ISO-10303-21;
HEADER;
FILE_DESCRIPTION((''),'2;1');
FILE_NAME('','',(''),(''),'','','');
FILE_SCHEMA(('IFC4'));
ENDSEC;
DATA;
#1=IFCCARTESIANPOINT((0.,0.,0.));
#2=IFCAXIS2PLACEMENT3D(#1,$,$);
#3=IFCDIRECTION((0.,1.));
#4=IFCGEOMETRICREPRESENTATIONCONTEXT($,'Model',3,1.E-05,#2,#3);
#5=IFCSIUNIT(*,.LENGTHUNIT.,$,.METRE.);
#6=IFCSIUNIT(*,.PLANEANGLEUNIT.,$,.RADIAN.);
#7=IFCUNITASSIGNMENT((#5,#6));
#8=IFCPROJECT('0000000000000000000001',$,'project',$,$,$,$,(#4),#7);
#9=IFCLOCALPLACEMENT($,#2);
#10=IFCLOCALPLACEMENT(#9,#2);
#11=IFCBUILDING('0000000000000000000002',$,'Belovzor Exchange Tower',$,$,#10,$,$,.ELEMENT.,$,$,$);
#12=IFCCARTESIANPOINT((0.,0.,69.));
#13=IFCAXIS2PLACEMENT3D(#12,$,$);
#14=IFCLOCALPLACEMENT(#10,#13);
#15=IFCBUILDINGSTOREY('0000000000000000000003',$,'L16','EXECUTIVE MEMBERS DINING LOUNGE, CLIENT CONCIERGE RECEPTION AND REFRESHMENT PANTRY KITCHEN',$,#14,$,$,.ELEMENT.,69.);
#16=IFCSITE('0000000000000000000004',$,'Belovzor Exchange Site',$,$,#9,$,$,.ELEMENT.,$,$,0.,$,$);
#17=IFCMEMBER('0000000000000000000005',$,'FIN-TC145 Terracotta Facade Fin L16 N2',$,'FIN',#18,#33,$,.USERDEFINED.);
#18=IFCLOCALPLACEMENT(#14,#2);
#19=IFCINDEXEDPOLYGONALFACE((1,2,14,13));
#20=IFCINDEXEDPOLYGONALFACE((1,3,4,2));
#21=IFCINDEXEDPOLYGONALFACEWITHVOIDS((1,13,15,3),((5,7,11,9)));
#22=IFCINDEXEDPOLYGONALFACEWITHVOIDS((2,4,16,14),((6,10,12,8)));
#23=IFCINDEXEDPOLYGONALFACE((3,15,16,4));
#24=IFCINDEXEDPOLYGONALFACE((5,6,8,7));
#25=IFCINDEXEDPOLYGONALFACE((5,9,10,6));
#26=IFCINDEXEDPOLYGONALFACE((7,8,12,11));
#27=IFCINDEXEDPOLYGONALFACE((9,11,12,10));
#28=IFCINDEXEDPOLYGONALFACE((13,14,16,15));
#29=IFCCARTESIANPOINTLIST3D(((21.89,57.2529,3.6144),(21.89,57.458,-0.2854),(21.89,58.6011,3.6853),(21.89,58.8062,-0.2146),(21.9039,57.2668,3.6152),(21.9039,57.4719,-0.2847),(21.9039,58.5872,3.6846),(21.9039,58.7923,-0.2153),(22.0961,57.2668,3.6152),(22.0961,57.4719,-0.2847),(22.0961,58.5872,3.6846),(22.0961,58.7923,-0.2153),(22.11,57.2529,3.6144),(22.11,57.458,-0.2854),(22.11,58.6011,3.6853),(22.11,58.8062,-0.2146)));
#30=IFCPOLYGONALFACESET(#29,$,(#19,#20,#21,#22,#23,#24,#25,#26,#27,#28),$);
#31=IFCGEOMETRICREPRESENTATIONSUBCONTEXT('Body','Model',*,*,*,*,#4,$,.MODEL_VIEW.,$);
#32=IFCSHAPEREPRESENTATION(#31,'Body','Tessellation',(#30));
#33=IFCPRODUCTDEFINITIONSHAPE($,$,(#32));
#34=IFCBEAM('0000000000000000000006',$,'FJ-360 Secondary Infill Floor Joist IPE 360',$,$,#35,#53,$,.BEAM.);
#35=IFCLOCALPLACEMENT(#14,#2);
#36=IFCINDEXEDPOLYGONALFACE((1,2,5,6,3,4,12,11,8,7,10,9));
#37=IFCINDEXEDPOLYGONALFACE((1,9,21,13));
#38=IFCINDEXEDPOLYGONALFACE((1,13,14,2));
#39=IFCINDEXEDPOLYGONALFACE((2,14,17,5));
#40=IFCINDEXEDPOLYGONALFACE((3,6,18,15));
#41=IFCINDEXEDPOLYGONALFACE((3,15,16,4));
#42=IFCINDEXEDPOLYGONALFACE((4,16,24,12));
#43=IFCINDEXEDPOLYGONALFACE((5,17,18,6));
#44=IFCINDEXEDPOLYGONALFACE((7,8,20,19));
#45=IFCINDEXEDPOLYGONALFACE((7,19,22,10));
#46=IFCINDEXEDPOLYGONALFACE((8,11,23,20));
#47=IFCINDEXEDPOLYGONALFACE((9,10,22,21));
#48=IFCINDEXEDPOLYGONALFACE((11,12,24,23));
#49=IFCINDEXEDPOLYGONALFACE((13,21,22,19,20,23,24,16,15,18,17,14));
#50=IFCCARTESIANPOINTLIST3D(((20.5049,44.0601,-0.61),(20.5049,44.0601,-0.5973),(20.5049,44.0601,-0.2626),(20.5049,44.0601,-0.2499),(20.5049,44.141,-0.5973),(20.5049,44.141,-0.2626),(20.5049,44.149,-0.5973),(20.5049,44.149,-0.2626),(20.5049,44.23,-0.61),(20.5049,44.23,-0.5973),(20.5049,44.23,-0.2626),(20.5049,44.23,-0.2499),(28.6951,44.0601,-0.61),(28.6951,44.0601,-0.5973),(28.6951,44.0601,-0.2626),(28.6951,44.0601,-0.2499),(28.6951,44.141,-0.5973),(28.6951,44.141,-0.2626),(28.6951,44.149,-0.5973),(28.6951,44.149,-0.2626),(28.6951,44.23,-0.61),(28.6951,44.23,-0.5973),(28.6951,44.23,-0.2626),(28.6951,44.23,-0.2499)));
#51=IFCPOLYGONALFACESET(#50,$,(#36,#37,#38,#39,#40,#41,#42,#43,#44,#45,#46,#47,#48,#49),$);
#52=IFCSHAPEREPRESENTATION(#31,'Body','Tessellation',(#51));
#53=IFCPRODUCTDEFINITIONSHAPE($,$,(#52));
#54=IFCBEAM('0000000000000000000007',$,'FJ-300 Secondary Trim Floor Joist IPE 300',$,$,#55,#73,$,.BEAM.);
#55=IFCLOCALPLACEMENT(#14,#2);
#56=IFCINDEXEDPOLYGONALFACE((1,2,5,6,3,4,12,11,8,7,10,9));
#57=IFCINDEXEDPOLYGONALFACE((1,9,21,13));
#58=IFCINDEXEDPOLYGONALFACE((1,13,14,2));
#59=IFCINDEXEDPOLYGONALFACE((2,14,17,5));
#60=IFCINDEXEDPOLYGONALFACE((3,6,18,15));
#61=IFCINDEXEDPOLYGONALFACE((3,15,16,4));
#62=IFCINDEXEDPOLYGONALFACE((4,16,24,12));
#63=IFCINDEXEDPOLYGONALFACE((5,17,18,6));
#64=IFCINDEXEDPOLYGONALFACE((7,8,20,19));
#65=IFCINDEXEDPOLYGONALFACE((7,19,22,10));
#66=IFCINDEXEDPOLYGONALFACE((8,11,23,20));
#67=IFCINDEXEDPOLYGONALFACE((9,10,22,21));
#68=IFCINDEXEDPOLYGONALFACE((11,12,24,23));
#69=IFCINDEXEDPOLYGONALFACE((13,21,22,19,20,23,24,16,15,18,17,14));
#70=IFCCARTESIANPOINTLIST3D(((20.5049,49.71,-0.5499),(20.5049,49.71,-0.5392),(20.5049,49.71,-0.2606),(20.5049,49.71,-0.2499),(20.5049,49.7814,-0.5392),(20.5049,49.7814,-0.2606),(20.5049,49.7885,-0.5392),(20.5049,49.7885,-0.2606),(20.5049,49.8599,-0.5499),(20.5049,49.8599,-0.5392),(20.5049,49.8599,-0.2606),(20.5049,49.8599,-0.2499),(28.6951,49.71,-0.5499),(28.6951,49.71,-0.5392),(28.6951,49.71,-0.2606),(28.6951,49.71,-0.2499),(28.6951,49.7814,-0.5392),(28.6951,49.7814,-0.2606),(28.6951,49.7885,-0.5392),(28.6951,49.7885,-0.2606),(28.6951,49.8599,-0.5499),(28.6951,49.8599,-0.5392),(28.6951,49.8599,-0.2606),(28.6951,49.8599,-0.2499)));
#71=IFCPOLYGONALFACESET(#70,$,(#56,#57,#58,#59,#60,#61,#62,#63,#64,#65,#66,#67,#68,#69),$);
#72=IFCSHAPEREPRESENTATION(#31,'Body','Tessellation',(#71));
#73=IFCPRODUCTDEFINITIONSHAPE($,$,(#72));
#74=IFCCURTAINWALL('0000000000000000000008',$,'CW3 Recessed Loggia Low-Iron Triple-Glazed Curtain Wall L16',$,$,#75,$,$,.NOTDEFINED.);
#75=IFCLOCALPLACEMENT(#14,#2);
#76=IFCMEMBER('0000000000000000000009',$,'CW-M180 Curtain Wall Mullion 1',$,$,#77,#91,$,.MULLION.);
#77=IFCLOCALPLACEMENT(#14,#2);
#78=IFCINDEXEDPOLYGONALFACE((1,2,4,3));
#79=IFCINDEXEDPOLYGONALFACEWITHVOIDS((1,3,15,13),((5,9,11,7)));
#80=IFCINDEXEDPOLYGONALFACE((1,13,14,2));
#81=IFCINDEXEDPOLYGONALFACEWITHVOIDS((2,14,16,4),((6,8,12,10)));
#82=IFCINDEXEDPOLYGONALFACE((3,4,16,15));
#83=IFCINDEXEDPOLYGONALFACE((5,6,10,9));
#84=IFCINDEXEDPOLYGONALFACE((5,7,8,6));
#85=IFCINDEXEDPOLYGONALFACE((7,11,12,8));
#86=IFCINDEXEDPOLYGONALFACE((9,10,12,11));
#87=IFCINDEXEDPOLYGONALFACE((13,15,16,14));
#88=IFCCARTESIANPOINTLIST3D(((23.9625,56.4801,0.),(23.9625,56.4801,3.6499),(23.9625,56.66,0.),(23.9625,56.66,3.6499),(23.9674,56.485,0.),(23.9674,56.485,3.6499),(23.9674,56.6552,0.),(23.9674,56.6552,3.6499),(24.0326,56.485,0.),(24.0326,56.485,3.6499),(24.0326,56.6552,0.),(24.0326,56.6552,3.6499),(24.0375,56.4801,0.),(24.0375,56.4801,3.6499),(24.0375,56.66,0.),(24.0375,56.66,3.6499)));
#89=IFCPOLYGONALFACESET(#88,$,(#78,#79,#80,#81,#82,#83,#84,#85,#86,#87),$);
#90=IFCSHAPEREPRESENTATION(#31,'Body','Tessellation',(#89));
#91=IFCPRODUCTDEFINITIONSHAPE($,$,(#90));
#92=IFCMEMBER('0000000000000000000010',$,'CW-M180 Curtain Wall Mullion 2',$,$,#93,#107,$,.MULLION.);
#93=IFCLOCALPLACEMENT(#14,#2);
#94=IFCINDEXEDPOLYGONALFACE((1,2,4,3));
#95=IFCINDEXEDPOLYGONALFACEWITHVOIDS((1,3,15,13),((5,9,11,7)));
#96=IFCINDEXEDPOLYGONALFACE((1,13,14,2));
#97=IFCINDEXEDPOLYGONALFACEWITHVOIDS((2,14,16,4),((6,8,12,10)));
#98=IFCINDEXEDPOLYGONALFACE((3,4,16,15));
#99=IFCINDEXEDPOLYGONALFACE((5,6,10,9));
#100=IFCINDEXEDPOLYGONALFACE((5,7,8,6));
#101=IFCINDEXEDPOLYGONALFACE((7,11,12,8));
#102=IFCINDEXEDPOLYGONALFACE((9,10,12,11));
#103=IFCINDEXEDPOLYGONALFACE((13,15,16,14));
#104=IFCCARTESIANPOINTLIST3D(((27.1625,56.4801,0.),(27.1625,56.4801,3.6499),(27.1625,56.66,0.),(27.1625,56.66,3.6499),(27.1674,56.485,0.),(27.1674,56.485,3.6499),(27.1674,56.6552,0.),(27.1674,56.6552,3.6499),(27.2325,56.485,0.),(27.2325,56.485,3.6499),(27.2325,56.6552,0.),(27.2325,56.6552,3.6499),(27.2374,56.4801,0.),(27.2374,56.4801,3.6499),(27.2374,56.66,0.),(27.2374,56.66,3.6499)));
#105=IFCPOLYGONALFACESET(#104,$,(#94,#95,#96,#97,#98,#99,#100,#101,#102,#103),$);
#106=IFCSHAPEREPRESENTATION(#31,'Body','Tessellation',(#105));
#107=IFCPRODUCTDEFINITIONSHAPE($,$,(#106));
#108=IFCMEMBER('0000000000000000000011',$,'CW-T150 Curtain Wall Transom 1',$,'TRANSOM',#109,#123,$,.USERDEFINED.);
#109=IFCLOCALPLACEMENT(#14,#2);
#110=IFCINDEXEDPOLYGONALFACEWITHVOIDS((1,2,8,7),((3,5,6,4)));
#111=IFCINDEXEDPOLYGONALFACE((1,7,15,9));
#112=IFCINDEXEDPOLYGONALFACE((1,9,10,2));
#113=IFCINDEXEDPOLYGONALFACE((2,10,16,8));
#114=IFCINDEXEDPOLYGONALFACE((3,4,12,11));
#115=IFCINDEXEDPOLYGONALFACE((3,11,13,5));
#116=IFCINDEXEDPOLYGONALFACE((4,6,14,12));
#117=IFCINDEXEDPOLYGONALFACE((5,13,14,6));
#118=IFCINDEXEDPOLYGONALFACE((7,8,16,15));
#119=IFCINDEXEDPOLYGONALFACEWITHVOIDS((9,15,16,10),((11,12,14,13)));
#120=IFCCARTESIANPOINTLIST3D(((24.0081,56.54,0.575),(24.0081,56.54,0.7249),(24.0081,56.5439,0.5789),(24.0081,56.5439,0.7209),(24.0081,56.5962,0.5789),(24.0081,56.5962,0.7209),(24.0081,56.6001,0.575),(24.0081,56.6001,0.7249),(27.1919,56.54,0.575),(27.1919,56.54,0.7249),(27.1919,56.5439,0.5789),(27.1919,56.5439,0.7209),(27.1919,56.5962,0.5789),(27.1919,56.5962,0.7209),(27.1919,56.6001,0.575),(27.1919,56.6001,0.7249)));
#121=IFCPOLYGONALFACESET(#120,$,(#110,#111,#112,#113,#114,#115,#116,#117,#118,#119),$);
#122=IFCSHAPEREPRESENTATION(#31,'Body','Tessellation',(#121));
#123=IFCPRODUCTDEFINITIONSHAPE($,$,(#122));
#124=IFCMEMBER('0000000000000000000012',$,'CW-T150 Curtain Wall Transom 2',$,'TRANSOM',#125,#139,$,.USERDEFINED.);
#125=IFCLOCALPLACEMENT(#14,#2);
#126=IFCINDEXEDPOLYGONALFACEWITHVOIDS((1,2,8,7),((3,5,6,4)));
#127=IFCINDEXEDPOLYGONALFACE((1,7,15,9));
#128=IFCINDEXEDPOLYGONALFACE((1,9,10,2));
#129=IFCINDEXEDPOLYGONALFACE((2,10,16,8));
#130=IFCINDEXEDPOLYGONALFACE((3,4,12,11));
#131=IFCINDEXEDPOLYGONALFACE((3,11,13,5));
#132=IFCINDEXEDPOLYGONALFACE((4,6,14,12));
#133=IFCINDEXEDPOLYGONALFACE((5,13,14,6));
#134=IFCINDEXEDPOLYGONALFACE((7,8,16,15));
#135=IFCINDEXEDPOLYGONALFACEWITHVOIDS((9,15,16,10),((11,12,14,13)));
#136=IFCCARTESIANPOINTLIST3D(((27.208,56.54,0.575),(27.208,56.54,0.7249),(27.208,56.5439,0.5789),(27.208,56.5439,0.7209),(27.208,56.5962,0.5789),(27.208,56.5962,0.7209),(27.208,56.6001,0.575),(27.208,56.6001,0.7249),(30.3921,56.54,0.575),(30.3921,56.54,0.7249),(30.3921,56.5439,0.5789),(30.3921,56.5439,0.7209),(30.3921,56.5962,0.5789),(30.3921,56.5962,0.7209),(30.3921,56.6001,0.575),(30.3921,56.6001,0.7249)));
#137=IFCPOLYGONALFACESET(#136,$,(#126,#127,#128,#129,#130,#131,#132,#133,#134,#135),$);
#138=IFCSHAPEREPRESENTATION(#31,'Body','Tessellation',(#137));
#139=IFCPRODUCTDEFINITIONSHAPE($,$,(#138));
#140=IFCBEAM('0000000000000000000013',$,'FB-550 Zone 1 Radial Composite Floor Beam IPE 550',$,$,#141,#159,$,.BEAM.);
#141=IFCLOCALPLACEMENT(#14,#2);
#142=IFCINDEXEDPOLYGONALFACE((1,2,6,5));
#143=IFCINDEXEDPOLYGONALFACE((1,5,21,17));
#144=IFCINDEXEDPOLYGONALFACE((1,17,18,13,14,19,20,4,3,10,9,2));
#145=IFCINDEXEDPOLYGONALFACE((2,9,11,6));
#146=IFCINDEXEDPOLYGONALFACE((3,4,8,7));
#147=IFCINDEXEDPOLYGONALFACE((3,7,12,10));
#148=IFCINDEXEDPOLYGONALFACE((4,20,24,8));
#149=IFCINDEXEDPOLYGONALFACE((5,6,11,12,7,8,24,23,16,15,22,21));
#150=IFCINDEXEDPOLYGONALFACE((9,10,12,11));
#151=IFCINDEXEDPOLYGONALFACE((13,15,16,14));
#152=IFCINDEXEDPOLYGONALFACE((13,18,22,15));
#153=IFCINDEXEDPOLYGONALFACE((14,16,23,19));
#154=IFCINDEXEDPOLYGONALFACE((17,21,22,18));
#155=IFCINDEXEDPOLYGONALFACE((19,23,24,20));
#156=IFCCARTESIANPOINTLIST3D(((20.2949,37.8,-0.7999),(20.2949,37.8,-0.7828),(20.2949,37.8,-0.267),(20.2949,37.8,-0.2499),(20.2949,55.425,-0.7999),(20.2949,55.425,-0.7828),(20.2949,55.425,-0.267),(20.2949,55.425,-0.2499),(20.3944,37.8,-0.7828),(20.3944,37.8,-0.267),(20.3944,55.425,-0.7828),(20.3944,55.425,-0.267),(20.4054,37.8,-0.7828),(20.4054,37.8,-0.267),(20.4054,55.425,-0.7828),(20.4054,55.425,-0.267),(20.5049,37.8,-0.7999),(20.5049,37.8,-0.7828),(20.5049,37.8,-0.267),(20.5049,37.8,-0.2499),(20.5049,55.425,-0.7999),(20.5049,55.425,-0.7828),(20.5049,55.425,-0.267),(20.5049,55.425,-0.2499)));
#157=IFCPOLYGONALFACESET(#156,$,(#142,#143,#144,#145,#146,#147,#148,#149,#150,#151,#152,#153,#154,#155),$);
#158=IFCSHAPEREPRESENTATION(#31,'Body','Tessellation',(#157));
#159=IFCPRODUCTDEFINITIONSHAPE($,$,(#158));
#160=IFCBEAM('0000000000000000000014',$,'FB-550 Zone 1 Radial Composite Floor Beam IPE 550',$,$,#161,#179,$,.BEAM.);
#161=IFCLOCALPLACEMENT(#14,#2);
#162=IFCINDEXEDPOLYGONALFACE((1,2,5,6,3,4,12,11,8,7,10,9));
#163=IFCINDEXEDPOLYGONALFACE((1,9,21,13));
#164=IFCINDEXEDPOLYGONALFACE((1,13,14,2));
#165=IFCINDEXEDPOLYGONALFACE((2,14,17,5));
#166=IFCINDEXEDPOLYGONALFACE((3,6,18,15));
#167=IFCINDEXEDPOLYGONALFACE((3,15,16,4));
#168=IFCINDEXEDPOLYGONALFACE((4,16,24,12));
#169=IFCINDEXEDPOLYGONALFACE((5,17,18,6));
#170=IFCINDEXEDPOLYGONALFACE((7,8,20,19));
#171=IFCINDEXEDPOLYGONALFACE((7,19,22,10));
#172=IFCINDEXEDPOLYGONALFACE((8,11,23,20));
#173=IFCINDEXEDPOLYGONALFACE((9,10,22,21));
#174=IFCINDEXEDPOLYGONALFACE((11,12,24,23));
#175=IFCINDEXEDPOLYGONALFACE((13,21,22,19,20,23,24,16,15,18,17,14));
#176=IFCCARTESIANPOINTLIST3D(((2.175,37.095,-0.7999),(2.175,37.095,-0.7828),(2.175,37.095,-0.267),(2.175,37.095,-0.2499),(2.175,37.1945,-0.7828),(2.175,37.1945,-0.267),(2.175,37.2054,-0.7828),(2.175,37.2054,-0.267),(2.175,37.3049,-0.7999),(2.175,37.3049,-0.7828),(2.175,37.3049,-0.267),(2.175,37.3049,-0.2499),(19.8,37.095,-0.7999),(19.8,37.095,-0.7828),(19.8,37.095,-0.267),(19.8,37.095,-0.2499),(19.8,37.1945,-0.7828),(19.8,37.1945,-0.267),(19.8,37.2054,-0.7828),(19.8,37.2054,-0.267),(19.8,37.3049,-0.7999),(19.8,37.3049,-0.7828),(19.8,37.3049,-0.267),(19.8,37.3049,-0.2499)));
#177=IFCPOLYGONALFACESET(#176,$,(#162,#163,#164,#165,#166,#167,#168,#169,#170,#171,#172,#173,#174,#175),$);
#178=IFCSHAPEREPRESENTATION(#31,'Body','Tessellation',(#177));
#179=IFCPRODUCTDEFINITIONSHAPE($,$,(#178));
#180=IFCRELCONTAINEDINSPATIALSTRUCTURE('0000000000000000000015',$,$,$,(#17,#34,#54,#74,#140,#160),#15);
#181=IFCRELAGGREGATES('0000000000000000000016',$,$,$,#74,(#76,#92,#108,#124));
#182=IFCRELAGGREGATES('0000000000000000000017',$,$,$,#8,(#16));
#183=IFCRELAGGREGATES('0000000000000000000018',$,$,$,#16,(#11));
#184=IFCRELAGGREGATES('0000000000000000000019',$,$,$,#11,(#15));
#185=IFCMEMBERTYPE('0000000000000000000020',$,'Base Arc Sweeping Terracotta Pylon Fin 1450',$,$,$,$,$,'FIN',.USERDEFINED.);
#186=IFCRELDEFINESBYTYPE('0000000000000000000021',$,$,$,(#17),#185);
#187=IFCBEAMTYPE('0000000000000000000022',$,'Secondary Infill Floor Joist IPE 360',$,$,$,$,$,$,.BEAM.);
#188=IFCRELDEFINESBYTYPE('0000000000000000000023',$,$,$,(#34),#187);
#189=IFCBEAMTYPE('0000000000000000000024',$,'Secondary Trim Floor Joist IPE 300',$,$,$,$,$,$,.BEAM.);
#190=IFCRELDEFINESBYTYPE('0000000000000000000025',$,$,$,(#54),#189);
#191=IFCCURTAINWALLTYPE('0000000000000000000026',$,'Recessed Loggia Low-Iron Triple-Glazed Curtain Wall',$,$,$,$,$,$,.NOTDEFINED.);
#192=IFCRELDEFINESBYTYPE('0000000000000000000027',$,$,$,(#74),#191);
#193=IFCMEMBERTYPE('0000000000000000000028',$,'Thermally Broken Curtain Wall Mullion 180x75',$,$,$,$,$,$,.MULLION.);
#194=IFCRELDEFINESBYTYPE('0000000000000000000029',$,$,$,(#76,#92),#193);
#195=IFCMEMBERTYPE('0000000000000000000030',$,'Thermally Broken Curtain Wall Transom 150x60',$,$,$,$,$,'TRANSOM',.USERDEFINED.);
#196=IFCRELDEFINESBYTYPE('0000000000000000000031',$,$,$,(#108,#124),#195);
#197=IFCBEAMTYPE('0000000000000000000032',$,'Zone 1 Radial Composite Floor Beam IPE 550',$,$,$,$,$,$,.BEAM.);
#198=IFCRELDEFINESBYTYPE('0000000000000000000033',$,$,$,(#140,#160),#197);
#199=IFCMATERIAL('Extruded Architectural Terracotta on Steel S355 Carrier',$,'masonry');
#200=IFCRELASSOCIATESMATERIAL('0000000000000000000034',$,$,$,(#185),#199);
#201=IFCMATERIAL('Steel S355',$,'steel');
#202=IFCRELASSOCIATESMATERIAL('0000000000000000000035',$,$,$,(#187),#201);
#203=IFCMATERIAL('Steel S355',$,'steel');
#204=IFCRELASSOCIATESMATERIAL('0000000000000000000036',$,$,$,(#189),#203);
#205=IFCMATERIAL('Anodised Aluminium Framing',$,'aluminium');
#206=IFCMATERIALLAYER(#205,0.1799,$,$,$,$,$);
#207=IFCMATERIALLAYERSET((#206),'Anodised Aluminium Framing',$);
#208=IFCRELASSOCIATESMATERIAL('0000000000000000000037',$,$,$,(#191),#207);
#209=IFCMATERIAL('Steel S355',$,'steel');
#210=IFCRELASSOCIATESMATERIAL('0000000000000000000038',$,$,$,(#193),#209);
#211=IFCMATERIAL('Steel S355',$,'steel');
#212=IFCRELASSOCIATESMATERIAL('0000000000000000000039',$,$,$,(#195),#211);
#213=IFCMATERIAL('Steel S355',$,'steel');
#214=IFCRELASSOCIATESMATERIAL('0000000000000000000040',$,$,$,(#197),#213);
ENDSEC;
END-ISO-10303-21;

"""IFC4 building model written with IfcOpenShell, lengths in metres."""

from ifc_helpers import new_model, si_unit, direction, frame, origin, origin_2d, place, context, subcontext, project, spatial, hollow_rectangle, i_section, extrude, material, layer, layer_set, material_profile, profile_set, type_object, element, aggregate, save


model = new_model("IFC4")

# Units and contexts
model_context = context("Model", 3, precision=1e-05, world=origin(), true_north=direction((0.0, 1.0)))
body_context = subcontext(model_context, "Body", "Model", "MODEL_VIEW")
ifc_project = project(units=[si_unit("LENGTHUNIT", "METRE"), si_unit("PLANEANGLEUNIT", "RADIAN")], contexts=[model_context])

# Site, building, storey
site_placement = place(None, origin())
site = spatial("IfcSite", under=ifc_project, at=site_placement, Name="Belovzor Exchange Site", CompositionType="ELEMENT", RefElevation=0.0)
building_placement = place(site_placement, origin())
building = spatial("IfcBuilding", under=site, at=building_placement, Name="Belovzor Exchange Tower", CompositionType="ELEMENT")
storey_placement = place(building_placement, frame((0.0, 0.0, 69.0)))
storey = spatial("IfcBuildingStorey", under=building, at=storey_placement, Name="L16", Description="EXECUTIVE MEMBERS DINING LOUNGE, CLIENT CONCIERGE RECEPTION AND REFRESHMENT PANTRY KITCHEN", CompositionType="ELEMENT", Elevation=69.0)

# Member
ifc_material_1 = material(Name="Extruded Architectural Terracotta on Steel S355 Carrier", Category="masonry")
ifc_material_profile_1 = material_profile(ifc_material_1, hollow_rectangle(XDim=0.22, YDim=1.3501, WallThickness=0.0139, at=origin_2d()))
ifc_profile_set_1 = profile_set([ifc_material_profile_1], Name="Extruded Architectural Terracotta on Steel S355 Carrier")
member_type_1 = type_object("IfcMemberType", Name="Base Arc Sweeping Terracotta Pylon Fin 1450", ElementType="FIN", PredefinedType="USERDEFINED", material=ifc_profile_set_1)
member_1_placement = place(storey_placement, frame((22.0, 58.1321, -0.25), z_axis=(0.0, -0.052513, 0.99862), x_axis=(1.0, 0.0, 0.0)))
element("IfcMember", 1, at=member_1_placement, inside=storey, type_object=member_type_1, Name="FIN-TC145 Terracotta Facade Fin L16 N2", ObjectType="FIN", PredefinedType="USERDEFINED", context=body_context, shape_type="SweptSolid", body=[
    extrude(hollow_rectangle(XDim=0.22, YDim=1.3501, WallThickness=0.0139, at=origin_2d()), origin(), (0.0, 0.0, 1.0), 3.9053),
])

# Beams
ifc_material_2 = material(Name="Steel S355", Category="steel")
ifc_material_profile_2 = material_profile(ifc_material_2, i_section(OverallWidth=0.1699, OverallDepth=0.3601, WebThickness=0.0081, FlangeThickness=0.0127, at=origin_2d()))
ifc_profile_set_2 = profile_set([ifc_material_profile_2], Name="Steel S355")
beam_type_1 = type_object("IfcBeamType", Name="Secondary Infill Floor Joist IPE 360", PredefinedType="BEAM", material=ifc_profile_set_2)
beam_1_placement = place(storey_placement, frame((20.5049, 44.145, -0.4299), z_axis=(1.0, 0.0, 0.0), x_axis=(0.0, 1.0, 0.0)))
element("IfcBeam", 2, at=beam_1_placement, inside=storey, type_object=beam_type_1, Name="FJ-360 Secondary Infill Floor Joist IPE 360", PredefinedType="BEAM", context=body_context, shape_type="SweptSolid", body=[
    extrude(i_section(OverallWidth=0.1699, OverallDepth=0.3601, WebThickness=0.0081, FlangeThickness=0.0127, at=origin_2d()), origin(), (0.0, 0.0, 1.0), 8.1902),
])
ifc_material_3 = material(Name="Steel S355", Category="steel")
ifc_material_profile_3 = material_profile(ifc_material_3, i_section(OverallWidth=0.1499, OverallDepth=0.3, WebThickness=0.0071, FlangeThickness=0.0107, at=origin_2d()))
ifc_profile_set_3 = profile_set([ifc_material_profile_3], Name="Steel S355")
beam_type_2 = type_object("IfcBeamType", Name="Secondary Trim Floor Joist IPE 300", PredefinedType="BEAM", material=ifc_profile_set_3)
beam_2_placement = place(storey_placement, frame((20.5049, 49.7849, -0.3999), z_axis=(1.0, 0.0, 0.0), x_axis=(0.0, 1.0, 0.0)))
element("IfcBeam", 3, at=beam_2_placement, inside=storey, type_object=beam_type_2, Name="FJ-300 Secondary Trim Floor Joist IPE 300", PredefinedType="BEAM", context=body_context, shape_type="SweptSolid", body=[
    extrude(i_section(OverallWidth=0.1499, OverallDepth=0.3, WebThickness=0.0071, FlangeThickness=0.0107, at=origin_2d()), origin(), (0.0, 0.0, 1.0), 8.1902),
])

# Curtain wall, members
ifc_material_4 = material(Name="Anodised Aluminium Framing", Category="aluminium")
ifc_layer_1 = layer(ifc_material_4, 0.1799)
ifc_layer_set_1 = layer_set([ifc_layer_1], Name="Anodised Aluminium Framing")
curtain_wall_type = type_object("IfcCurtainWallType", Name="Recessed Loggia Low-Iron Triple-Glazed Curtain Wall", PredefinedType="NOTDEFINED", material=ifc_layer_set_1)
curtain_wall_placement = place(storey_placement, origin())
curtain_wall = element("IfcCurtainWall", 4, at=curtain_wall_placement, inside=storey, type_object=curtain_wall_type, Name="CW3 Recessed Loggia Low-Iron Triple-Glazed Curtain Wall L16", PredefinedType="NOTDEFINED")
ifc_material_5 = material(Name="Steel S355", Category="steel")
ifc_material_profile_4 = material_profile(ifc_material_5, hollow_rectangle(XDim=0.075, YDim=0.1799, WallThickness=0.0049, at=origin_2d()))
ifc_profile_set_4 = profile_set([ifc_material_profile_4], Name="Steel S355")
member_type_2 = type_object("IfcMemberType", Name="Thermally Broken Curtain Wall Mullion 180x75", PredefinedType="MULLION", material=ifc_profile_set_4)
member_2_placement = place(storey_placement, frame((24.0, 56.5701, 0.0), z_axis=(0.0, 0.0, 1.0), x_axis=(1.0, 0.0, 0.0)))
member_2 = element("IfcMember", 5, at=member_2_placement, type_object=member_type_2, Name="CW-M180 Curtain Wall Mullion 1", PredefinedType="MULLION", context=body_context, shape_type="SweptSolid", body=[
    extrude(hollow_rectangle(XDim=0.075, YDim=0.1799, WallThickness=0.0049, at=origin_2d()), origin(), (0.0, 0.0, 1.0), 3.6499),
])
member_3_placement = place(storey_placement, frame((27.2, 56.5701, 0.0), z_axis=(0.0, 0.0, 1.0), x_axis=(1.0, 0.0, 0.0)))
member_3 = element("IfcMember", 6, at=member_3_placement, type_object=member_type_2, Name="CW-M180 Curtain Wall Mullion 2", PredefinedType="MULLION", context=body_context, shape_type="SweptSolid", body=[
    extrude(hollow_rectangle(XDim=0.075, YDim=0.1799, WallThickness=0.0049, at=origin_2d()), origin(), (0.0, 0.0, 1.0), 3.6499),
])
ifc_material_6 = material(Name="Steel S355", Category="steel")
ifc_material_profile_5 = material_profile(ifc_material_6, hollow_rectangle(XDim=0.0601, YDim=0.1499, WallThickness=0.0039, at=origin_2d()))
ifc_profile_set_5 = profile_set([ifc_material_profile_5], Name="Steel S355")
member_type_3 = type_object("IfcMemberType", Name="Thermally Broken Curtain Wall Transom 150x60", ElementType="TRANSOM", PredefinedType="USERDEFINED", material=ifc_profile_set_5)
member_4_placement = place(storey_placement, frame((24.0081, 56.5701, 0.6499), z_axis=(1.0, 0.0, 0.0), x_axis=(0.0, 1.0, 0.0)))
member_4 = element("IfcMember", 7, at=member_4_placement, type_object=member_type_3, Name="CW-T150 Curtain Wall Transom 1", ObjectType="TRANSOM", PredefinedType="USERDEFINED", context=body_context, shape_type="SweptSolid", body=[
    extrude(hollow_rectangle(XDim=0.0601, YDim=0.1499, WallThickness=0.0039, at=origin_2d()), origin(), (0.0, 0.0, 1.0), 3.1838),
])
member_5_placement = place(storey_placement, frame((27.208, 56.5701, 0.6499), z_axis=(1.0, 0.0, 0.0), x_axis=(0.0, 1.0, 0.0)))
member_5 = element("IfcMember", 8, at=member_5_placement, type_object=member_type_3, Name="CW-T150 Curtain Wall Transom 2", ObjectType="TRANSOM", PredefinedType="USERDEFINED", context=body_context, shape_type="SweptSolid", body=[
    extrude(hollow_rectangle(XDim=0.0601, YDim=0.1499, WallThickness=0.0039, at=origin_2d()), origin(), (0.0, 0.0, 1.0), 3.1841),
])

# Beams
ifc_material_7 = material(Name="Steel S355", Category="steel")
ifc_material_profile_6 = material_profile(ifc_material_7, i_section(OverallWidth=0.21, OverallDepth=0.55, WebThickness=0.011, FlangeThickness=0.0171, at=origin_2d()))
ifc_profile_set_6 = profile_set([ifc_material_profile_6], Name="Steel S355")
beam_type_3 = type_object("IfcBeamType", Name="Zone 1 Radial Composite Floor Beam IPE 550", PredefinedType="BEAM", material=ifc_profile_set_6)
for number, where, z_axis, x_axis, name in (
    (9, (20.3999, 37.8, -0.5249), (0.0, 1.0, 0.0), (-1.0, 0.0, 0.0), "FB-550 Zone 1 Radial Composite Floor Beam IPE 550"),
    (10, (19.8, 37.2, -0.5249), (-1.0, 0.0, 0.0), (0.0, -1.0, 0.0), "FB-550 Zone 1 Radial Composite Floor Beam IPE 550"),
):
    element("IfcBeam", number, at=place(storey_placement, frame(where, z_axis=z_axis, x_axis=x_axis)), inside=storey, type_object=beam_type_3, Name=name, PredefinedType="BEAM", context=body_context, shape_type="SweptSolid", body=[
        extrude(i_section(OverallWidth=0.21, OverallDepth=0.55, WebThickness=0.011, FlangeThickness=0.0171, at=origin_2d()), origin(), (0.0, 0.0, 1.0), 17.625),
    ])

aggregate(curtain_wall, [member_2, member_3, member_4, member_5])

save(model, "model.ifc")
